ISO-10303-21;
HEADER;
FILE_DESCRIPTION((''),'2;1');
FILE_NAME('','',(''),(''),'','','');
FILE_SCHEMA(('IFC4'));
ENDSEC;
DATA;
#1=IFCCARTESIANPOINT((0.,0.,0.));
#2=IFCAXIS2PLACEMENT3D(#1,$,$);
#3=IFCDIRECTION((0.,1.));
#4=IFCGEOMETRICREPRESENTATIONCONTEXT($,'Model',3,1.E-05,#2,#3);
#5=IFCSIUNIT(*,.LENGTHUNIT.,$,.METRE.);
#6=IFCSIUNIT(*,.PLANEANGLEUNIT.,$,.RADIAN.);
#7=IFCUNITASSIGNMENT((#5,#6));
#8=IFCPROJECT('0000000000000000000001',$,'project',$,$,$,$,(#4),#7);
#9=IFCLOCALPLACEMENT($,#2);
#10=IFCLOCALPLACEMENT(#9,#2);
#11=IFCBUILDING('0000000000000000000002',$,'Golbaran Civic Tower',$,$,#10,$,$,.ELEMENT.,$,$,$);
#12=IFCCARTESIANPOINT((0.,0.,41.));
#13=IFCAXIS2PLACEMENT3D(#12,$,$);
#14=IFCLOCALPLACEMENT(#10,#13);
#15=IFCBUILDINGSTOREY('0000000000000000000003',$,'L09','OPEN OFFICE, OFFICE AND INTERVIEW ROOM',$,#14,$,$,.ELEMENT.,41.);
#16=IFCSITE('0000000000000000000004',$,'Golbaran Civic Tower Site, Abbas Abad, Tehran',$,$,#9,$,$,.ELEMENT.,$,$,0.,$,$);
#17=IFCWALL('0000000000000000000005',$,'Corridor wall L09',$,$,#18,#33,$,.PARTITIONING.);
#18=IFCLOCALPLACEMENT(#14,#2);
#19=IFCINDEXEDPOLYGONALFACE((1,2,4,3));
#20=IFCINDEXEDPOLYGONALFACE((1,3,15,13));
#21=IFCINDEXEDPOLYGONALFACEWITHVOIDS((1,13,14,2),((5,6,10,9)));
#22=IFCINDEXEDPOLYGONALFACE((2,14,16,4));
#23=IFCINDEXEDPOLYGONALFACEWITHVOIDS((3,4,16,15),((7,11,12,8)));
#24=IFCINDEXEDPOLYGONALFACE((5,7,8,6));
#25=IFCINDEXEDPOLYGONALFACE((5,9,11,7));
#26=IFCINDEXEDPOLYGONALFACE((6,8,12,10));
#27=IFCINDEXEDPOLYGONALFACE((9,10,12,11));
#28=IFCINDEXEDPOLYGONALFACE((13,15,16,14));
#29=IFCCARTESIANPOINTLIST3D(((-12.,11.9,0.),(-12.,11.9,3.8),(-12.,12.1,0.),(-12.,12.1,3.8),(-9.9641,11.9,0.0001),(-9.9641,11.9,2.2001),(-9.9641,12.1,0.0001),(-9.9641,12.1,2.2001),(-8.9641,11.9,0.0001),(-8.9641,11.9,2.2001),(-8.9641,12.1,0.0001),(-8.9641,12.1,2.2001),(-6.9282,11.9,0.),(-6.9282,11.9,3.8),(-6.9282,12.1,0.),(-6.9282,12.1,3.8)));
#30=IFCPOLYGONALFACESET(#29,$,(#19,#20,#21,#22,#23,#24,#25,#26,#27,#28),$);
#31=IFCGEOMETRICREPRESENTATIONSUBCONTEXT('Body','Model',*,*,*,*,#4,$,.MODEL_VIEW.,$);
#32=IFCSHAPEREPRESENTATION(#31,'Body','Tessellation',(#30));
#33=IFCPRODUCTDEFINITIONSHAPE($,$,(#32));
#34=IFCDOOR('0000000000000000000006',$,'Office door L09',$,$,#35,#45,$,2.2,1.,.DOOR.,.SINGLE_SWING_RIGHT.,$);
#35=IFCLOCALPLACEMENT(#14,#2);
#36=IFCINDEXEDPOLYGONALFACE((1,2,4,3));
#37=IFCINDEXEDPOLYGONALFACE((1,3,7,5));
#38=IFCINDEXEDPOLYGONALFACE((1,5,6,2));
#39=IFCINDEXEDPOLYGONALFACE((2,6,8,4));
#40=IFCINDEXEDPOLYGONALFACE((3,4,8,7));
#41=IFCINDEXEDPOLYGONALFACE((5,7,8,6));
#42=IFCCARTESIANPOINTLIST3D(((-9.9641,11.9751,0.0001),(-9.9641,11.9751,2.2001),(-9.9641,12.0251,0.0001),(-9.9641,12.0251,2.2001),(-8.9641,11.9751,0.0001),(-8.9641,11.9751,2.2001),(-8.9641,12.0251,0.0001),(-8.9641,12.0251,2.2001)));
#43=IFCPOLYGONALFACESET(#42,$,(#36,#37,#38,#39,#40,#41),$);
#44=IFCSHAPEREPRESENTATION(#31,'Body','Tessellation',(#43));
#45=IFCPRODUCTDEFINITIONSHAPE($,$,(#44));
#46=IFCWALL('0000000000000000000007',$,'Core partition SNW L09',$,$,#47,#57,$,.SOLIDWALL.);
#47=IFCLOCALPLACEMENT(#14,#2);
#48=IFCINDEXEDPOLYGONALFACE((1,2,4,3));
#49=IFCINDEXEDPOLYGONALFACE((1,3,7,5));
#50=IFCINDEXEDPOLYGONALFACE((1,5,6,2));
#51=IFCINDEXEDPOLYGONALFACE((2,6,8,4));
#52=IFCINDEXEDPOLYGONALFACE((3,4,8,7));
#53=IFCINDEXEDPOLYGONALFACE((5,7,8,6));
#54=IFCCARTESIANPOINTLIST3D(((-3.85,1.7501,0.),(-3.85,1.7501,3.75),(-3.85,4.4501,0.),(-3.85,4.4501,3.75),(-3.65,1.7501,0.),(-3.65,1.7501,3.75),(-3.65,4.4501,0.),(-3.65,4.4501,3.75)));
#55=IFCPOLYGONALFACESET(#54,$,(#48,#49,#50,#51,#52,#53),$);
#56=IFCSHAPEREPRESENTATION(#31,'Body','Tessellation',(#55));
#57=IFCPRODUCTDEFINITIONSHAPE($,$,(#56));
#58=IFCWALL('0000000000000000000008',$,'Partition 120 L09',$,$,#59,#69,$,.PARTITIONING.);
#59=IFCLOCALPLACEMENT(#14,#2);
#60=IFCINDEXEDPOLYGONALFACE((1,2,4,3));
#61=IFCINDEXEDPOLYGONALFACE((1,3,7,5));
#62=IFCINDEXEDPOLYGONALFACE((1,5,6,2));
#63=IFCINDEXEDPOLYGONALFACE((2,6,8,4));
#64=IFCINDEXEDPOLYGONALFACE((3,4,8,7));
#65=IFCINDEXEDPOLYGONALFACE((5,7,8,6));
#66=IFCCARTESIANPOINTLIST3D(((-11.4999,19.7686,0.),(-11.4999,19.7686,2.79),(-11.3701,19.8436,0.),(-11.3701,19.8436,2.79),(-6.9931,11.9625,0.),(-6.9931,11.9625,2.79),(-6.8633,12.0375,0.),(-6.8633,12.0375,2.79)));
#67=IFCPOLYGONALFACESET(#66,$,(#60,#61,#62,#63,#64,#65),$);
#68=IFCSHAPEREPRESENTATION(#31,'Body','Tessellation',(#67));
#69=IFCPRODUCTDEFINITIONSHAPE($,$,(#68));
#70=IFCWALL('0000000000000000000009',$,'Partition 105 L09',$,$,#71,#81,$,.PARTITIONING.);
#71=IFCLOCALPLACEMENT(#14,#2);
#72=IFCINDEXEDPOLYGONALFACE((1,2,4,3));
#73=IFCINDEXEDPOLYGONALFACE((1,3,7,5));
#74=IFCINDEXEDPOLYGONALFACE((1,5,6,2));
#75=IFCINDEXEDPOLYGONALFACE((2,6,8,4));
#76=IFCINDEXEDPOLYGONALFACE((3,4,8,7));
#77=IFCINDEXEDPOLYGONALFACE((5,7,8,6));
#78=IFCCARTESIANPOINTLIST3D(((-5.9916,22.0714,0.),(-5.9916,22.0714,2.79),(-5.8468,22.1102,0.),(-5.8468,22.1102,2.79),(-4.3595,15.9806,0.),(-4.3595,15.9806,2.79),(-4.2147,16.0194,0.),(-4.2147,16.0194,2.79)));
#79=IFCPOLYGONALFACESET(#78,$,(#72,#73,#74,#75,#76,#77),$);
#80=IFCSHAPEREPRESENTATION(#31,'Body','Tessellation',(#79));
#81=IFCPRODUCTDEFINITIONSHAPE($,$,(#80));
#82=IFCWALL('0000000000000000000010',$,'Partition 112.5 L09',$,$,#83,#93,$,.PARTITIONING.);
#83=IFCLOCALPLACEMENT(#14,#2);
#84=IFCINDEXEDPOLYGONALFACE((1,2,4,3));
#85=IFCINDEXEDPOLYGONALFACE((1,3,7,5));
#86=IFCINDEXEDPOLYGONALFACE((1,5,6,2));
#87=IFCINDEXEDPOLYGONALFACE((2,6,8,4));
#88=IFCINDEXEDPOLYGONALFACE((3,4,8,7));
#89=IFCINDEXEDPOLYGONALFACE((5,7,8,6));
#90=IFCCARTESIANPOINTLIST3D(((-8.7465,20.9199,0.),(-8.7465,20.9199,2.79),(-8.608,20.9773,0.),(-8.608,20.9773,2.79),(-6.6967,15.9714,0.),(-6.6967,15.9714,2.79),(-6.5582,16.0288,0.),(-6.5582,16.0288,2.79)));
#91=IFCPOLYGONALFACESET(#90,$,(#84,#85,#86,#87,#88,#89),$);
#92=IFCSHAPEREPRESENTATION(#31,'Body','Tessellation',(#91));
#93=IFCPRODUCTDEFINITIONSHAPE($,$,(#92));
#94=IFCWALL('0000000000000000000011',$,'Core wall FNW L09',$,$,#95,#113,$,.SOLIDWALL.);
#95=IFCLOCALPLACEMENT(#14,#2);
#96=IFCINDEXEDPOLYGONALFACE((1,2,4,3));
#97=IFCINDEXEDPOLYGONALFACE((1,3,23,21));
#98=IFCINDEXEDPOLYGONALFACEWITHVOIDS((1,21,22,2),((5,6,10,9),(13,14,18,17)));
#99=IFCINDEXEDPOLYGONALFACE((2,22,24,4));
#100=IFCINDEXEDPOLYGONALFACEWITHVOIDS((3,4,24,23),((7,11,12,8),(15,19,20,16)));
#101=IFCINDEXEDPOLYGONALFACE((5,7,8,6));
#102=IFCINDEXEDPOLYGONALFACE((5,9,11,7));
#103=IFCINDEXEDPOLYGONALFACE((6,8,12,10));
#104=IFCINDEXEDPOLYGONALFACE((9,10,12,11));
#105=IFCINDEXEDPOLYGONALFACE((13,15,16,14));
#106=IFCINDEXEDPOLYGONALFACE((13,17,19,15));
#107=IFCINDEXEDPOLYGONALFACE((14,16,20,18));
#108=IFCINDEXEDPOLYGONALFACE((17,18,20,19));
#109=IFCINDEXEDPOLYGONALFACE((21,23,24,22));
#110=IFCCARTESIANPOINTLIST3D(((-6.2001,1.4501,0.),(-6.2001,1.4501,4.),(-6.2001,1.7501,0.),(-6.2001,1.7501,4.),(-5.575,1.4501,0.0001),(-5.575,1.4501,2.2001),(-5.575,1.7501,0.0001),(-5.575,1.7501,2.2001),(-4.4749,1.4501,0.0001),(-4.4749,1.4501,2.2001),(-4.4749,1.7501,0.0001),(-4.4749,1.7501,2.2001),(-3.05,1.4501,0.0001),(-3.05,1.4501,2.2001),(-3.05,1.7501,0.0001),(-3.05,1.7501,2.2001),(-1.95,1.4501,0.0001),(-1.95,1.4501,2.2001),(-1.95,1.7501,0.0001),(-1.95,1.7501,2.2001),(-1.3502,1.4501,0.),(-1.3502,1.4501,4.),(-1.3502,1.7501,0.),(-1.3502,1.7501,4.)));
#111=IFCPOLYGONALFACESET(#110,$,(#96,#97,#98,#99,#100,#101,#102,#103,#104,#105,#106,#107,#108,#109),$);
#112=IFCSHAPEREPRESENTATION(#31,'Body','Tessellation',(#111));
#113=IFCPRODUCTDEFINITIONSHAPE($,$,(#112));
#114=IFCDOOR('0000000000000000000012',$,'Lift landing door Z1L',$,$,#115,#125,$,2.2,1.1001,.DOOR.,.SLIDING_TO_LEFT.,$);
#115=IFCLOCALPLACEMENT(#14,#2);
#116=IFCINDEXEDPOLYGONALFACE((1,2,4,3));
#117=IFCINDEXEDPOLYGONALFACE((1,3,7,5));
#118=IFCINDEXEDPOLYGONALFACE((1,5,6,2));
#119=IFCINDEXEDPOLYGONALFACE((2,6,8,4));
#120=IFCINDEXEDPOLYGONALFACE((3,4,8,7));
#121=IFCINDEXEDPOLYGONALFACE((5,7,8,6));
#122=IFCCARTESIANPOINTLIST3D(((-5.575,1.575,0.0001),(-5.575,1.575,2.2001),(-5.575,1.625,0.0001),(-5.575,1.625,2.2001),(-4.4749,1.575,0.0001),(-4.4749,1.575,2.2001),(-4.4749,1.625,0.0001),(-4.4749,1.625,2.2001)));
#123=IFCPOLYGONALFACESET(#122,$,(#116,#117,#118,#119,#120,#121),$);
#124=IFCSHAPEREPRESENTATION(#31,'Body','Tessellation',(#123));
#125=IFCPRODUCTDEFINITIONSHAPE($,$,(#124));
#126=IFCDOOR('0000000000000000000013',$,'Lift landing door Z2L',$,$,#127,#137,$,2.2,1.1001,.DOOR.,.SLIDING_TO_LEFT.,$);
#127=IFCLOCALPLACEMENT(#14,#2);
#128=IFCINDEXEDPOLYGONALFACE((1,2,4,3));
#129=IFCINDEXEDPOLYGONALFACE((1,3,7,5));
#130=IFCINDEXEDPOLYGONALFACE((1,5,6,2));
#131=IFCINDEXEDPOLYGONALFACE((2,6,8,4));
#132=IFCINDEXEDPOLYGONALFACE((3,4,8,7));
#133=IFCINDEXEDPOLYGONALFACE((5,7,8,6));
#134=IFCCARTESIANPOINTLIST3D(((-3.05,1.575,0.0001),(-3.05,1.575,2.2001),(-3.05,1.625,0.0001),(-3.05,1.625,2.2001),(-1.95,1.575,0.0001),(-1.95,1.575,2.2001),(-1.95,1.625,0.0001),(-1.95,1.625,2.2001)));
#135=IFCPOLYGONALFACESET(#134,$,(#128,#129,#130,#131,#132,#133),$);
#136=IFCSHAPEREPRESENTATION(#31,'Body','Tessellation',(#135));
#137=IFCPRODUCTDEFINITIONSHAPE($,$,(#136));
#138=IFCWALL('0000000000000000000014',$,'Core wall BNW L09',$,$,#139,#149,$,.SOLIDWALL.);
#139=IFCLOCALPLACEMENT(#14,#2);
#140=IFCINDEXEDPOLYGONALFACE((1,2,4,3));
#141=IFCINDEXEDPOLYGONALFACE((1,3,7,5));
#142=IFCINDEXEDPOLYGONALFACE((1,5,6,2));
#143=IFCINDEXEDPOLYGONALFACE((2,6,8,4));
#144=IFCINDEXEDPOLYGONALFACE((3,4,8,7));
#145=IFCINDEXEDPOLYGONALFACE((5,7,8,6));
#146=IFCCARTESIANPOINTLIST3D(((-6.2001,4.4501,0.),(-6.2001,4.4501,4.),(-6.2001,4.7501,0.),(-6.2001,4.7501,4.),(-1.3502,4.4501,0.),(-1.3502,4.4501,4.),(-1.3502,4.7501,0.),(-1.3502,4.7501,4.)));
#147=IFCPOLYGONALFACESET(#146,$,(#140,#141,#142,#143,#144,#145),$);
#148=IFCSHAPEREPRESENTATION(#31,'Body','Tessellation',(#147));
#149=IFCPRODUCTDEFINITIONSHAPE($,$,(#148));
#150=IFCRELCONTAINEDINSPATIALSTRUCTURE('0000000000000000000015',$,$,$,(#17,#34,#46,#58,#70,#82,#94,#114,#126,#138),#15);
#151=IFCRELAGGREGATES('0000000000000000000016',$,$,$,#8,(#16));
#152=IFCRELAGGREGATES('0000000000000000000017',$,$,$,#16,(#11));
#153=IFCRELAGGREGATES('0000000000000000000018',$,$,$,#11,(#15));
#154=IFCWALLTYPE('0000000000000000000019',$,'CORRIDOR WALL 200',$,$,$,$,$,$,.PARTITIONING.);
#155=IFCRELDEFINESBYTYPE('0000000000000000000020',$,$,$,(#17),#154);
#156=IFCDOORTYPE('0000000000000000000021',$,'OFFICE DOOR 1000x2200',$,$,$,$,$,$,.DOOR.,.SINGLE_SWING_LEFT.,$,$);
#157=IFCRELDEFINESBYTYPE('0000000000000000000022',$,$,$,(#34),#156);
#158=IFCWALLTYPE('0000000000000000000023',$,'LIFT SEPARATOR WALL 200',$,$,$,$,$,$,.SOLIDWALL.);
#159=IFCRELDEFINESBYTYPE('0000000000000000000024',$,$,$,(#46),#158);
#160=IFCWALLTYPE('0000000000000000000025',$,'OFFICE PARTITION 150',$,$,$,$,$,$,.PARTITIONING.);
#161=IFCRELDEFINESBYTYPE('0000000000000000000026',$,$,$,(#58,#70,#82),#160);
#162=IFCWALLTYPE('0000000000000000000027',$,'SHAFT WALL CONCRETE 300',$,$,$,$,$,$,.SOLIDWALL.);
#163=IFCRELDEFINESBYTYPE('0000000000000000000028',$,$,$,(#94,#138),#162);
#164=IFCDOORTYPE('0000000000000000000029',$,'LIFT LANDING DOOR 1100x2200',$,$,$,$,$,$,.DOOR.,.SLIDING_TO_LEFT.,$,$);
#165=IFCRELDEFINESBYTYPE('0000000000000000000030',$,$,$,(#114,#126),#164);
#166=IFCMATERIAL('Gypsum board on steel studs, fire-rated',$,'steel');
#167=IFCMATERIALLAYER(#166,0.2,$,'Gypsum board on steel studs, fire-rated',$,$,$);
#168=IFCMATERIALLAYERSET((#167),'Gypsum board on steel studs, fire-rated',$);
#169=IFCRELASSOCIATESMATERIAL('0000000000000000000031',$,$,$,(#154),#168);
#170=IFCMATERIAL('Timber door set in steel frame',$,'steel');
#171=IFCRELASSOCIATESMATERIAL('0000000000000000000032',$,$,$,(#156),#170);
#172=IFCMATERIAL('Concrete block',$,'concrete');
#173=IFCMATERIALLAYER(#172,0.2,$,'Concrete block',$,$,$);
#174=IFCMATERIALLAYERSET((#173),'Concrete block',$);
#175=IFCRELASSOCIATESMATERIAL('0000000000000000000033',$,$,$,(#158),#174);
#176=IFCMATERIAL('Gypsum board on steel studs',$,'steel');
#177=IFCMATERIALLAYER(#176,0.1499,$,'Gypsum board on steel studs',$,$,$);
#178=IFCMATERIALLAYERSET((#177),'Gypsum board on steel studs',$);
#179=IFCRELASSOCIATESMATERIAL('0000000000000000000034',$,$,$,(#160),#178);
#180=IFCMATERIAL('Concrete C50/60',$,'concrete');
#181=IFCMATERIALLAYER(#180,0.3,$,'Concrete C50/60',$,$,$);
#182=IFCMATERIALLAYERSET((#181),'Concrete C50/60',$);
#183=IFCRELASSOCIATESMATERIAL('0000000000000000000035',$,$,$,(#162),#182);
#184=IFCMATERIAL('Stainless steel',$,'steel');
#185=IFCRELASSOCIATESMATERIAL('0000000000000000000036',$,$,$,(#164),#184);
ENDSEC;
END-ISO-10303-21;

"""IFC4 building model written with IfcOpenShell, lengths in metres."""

from ifc_helpers import new_model, si_unit, direction, frame, frame_2d, origin, place, context, subcontext, project, spatial, rectangle, extrude, material, layer, layer_set, type_object, element, fill, save


model = new_model("IFC4")

# Units and contexts
model_context = context("Model", 3, precision=1e-05, world=origin(), true_north=direction((0.0, 1.0)))
body_context = subcontext(model_context, "Body", "Model", "MODEL_VIEW")
ifc_project = project(units=[si_unit("LENGTHUNIT", "METRE"), si_unit("PLANEANGLEUNIT", "RADIAN")], contexts=[model_context])

# Site, building, storey
site_placement = place(None, origin())
site = spatial("IfcSite", under=ifc_project, at=site_placement, Name="Golbaran Civic Tower Site, Abbas Abad, Tehran", CompositionType="ELEMENT", RefElevation=0.0)
building_placement = place(site_placement, origin())
building = spatial("IfcBuilding", under=site, at=building_placement, Name="Golbaran Civic Tower", CompositionType="ELEMENT")
storey_placement = place(building_placement, frame((0.0, 0.0, 41.0)))
storey = spatial("IfcBuildingStorey", under=building, at=storey_placement, Name="L09", Description="OPEN OFFICE, OFFICE AND INTERVIEW ROOM", CompositionType="ELEMENT", Elevation=41.0)

# Wall, opening, door
ifc_material_1 = material(Name="Gypsum board on steel studs, fire-rated", Category="steel")
ifc_layer_1 = layer(ifc_material_1, 0.2, Name="Gypsum board on steel studs, fire-rated")
ifc_layer_set_1 = layer_set([ifc_layer_1], Name="Gypsum board on steel studs, fire-rated")
wall_type_1 = type_object("IfcWallType", Name="CORRIDOR WALL 200", PredefinedType="PARTITIONING", material=ifc_layer_set_1)
wall_1_placement = place(storey_placement, frame((-6.9282, 12.0, 0.0), z_axis=(0.0, 0.0, 1.0), x_axis=(-1.0, 0.0, 0.0)))
wall_1 = element("IfcWall", 1, at=wall_1_placement, inside=storey, type_object=wall_type_1, Name="Corridor wall L09", PredefinedType="PARTITIONING", context=body_context, shape_type="SweptSolid", body=[
    extrude(rectangle(XDim=5.0718, YDim=0.2, at=frame_2d((2.5359, 0.0))), origin(), (0.0, 0.0, 1.0), 3.8),
])
opening_1_placement = place(wall_1_placement, frame((2.0359, 0.0, 0.0)))
opening_1 = element("IfcOpeningElement", 2, at=opening_1_placement, cuts=wall_1, PredefinedType="OPENING", context=body_context, shape_type="SweptSolid", body=[
    extrude(rectangle(XDim=1.0, YDim=2.2, at=frame_2d((0.5, 1.1001))), frame((0.0, 0.1099, 0.0), z_axis=(0.0, -1.0, 0.0), x_axis=(1.0, 0.0, 0.0)), (0.0, 0.0, 1.0), 0.22),
])
ifc_material_2 = material(Name="Timber door set in steel frame", Category="steel")
door_type_1 = type_object("IfcDoorType", Name="OFFICE DOOR 1000x2200", OperationType="SINGLE_SWING_LEFT", PredefinedType="DOOR", material=ifc_material_2)
door_1_placement = place(opening_1_placement, origin())
door_1 = element("IfcDoor", 3, at=door_1_placement, inside=storey, type_object=door_type_1, Name="Office door L09", OperationType="SINGLE_SWING_RIGHT", OverallHeight=2.2, OverallWidth=1.0, PredefinedType="DOOR", context=body_context, shape_type="SweptSolid", body=[
    extrude(rectangle(XDim=1.0, YDim=2.2, at=frame_2d((0.5, 1.1001))), frame((0.0, 0.0249, 0.0), z_axis=(0.0, -1.0, 0.0), x_axis=(1.0, 0.0, 0.0)), (0.0, 0.0, 1.0), 0.05),
])
fill(opening_1, door_1)

# Walls
ifc_material_3 = material(Name="Concrete block", Category="concrete")
ifc_layer_2 = layer(ifc_material_3, 0.2, Name="Concrete block")
ifc_layer_set_2 = layer_set([ifc_layer_2], Name="Concrete block")
wall_type_2 = type_object("IfcWallType", Name="LIFT SEPARATOR WALL 200", PredefinedType="SOLIDWALL", material=ifc_layer_set_2)
wall_2_placement = place(storey_placement, frame((-3.75, 1.75, 0.0), z_axis=(0.0, 0.0, 1.0), x_axis=(0.0, 1.0, 0.0)))
element("IfcWall", 4, at=wall_2_placement, inside=storey, type_object=wall_type_2, Name="Core partition SNW L09", PredefinedType="SOLIDWALL", context=body_context, shape_type="SweptSolid", body=[
    extrude(rectangle(XDim=2.7, YDim=0.2, at=frame_2d((1.3501, 0.0))), origin(), (0.0, 0.0, 1.0), 3.75),
])
ifc_material_4 = material(Name="Gypsum board on steel studs", Category="steel")
ifc_layer_3 = layer(ifc_material_4, 0.1499, Name="Gypsum board on steel studs")
ifc_layer_set_3 = layer_set([ifc_layer_3], Name="Gypsum board on steel studs")
wall_type_3 = type_object("IfcWallType", Name="OFFICE PARTITION 150", PredefinedType="PARTITIONING", material=ifc_layer_set_3)
wall_3_placement = place(storey_placement, frame((-6.9282, 12.0, 0.0), z_axis=(0.0, 0.0, 1.0), x_axis=(-0.499996, 0.866028, 0.0)))
element("IfcWall", 5, at=wall_3_placement, inside=storey, type_object=wall_type_3, Name="Partition 120 L09", PredefinedType="PARTITIONING", context=body_context, shape_type="SweptSolid", body=[
    extrude(rectangle(XDim=9.0137, YDim=0.1499, at=frame_2d((4.5068, 0.0))), origin(), (0.0, 0.0, 1.0), 2.79),
])
wall_4_placement = place(storey_placement, frame((-4.2871, 16.0, 0.0), z_axis=(0.0, 0.0, 1.0), x_axis=(-0.258826, 0.965924, 0.0)))
element("IfcWall", 6, at=wall_4_placement, inside=storey, type_object=wall_type_3, Name="Partition 105 L09", PredefinedType="PARTITIONING", context=body_context, shape_type="SweptSolid", body=[
    extrude(rectangle(XDim=6.3057, YDim=0.1499, at=frame_2d((3.1528, 0.0))), origin(), (0.0, 0.0, 1.0), 2.79),
])
wall_5_placement = place(storey_placement, frame((-6.6274, 16.0, 0.0), z_axis=(0.0, 0.0, 1.0), x_axis=(-0.382695, 0.923875, 0.0)))
element("IfcWall", 7, at=wall_5_placement, inside=storey, type_object=wall_type_3, Name="Partition 112.5 L09", PredefinedType="PARTITIONING", context=body_context, shape_type="SweptSolid", body=[
    extrude(rectangle(XDim=5.3562, YDim=0.1499, at=frame_2d((2.6782, 0.0))), origin(), (0.0, 0.0, 1.0), 2.79),
])

# Wall, openings, doors
ifc_material_5 = material(Name="Concrete C50/60", Category="concrete")
ifc_layer_4 = layer(ifc_material_5, 0.3, Name="Concrete C50/60")
ifc_layer_set_4 = layer_set([ifc_layer_4], Name="Concrete C50/60")
wall_type_4 = type_object("IfcWallType", Name="SHAFT WALL CONCRETE 300", PredefinedType="SOLIDWALL", material=ifc_layer_set_4)
wall_6_placement = place(storey_placement, frame((-6.2, 1.6001, 0.0), z_axis=(0.0, 0.0, 1.0), x_axis=(1.0, 0.0, 0.0)))
wall_6 = element("IfcWall", 8, at=wall_6_placement, inside=storey, type_object=wall_type_4, Name="Core wall FNW L09", PredefinedType="SOLIDWALL", context=body_context, shape_type="SweptSolid", body=[
    extrude(rectangle(XDim=4.8499, YDim=0.3, at=frame_2d((2.4248, 0.0))), origin(), (0.0, 0.0, 1.0), 4.0),
])
opening_2_placement = place(wall_6_placement, frame((0.625, 0.0, 0.0)))
opening_2 = element("IfcOpeningElement", 9, at=opening_2_placement, cuts=wall_6, PredefinedType="OPENING", context=body_context, shape_type="SweptSolid", body=[
    extrude(rectangle(XDim=1.1001, YDim=2.2, at=frame_2d((0.55, 1.1001))), frame((0.0, 0.1599, 0.0), z_axis=(0.0, -1.0, 0.0), x_axis=(1.0, 0.0, 0.0)), (0.0, 0.0, 1.0), 0.3201),
])
opening_3_placement = place(wall_6_placement, frame((3.1499, 0.0, 0.0)))
opening_3 = element("IfcOpeningElement", 10, at=opening_3_placement, cuts=wall_6, PredefinedType="OPENING", context=body_context, shape_type="SweptSolid", body=[
    extrude(rectangle(XDim=1.1001, YDim=2.2, at=frame_2d((0.55, 1.1001))), frame((0.0, 0.1599, 0.0), z_axis=(0.0, -1.0, 0.0), x_axis=(1.0, 0.0, 0.0)), (0.0, 0.0, 1.0), 0.3201),
])
ifc_material_6 = material(Name="Stainless steel", Category="steel")
door_type_2 = type_object("IfcDoorType", Name="LIFT LANDING DOOR 1100x2200", OperationType="SLIDING_TO_LEFT", PredefinedType="DOOR", material=ifc_material_6)
door_2_placement = place(opening_2_placement, origin())
door_2 = element("IfcDoor", 11, at=door_2_placement, inside=storey, type_object=door_type_2, Name="Lift landing door Z1L", OperationType="SLIDING_TO_LEFT", OverallHeight=2.2, OverallWidth=1.1001, PredefinedType="DOOR", context=body_context, shape_type="SweptSolid", body=[
    extrude(rectangle(XDim=1.1001, YDim=2.2, at=frame_2d((0.55, 1.1001))), frame((0.0, 0.0249, 0.0), z_axis=(0.0, -1.0, 0.0), x_axis=(1.0, 0.0, 0.0)), (0.0, 0.0, 1.0), 0.05),
])
fill(opening_2, door_2)
door_3_placement = place(opening_3_placement, origin())
door_3 = element("IfcDoor", 12, at=door_3_placement, inside=storey, type_object=door_type_2, Name="Lift landing door Z2L", OperationType="SLIDING_TO_LEFT", OverallHeight=2.2, OverallWidth=1.1001, PredefinedType="DOOR", context=body_context, shape_type="SweptSolid", body=[
    extrude(rectangle(XDim=1.1001, YDim=2.2, at=frame_2d((0.55, 1.1001))), frame((0.0, 0.0249, 0.0), z_axis=(0.0, -1.0, 0.0), x_axis=(1.0, 0.0, 0.0)), (0.0, 0.0, 1.0), 0.05),
])
fill(opening_3, door_3)

# Wall
wall_7_placement = place(storey_placement, frame((-6.2, 4.6001, 0.0), z_axis=(0.0, 0.0, 1.0), x_axis=(1.0, 0.0, 0.0)))
element("IfcWall", 13, at=wall_7_placement, inside=storey, type_object=wall_type_4, Name="Core wall BNW L09", PredefinedType="SOLIDWALL", context=body_context, shape_type="SweptSolid", body=[
    extrude(rectangle(XDim=4.8499, YDim=0.3, at=frame_2d((2.4248, 0.0))), origin(), (0.0, 0.0, 1.0), 4.0),
])

save(model, "model.ifc")
